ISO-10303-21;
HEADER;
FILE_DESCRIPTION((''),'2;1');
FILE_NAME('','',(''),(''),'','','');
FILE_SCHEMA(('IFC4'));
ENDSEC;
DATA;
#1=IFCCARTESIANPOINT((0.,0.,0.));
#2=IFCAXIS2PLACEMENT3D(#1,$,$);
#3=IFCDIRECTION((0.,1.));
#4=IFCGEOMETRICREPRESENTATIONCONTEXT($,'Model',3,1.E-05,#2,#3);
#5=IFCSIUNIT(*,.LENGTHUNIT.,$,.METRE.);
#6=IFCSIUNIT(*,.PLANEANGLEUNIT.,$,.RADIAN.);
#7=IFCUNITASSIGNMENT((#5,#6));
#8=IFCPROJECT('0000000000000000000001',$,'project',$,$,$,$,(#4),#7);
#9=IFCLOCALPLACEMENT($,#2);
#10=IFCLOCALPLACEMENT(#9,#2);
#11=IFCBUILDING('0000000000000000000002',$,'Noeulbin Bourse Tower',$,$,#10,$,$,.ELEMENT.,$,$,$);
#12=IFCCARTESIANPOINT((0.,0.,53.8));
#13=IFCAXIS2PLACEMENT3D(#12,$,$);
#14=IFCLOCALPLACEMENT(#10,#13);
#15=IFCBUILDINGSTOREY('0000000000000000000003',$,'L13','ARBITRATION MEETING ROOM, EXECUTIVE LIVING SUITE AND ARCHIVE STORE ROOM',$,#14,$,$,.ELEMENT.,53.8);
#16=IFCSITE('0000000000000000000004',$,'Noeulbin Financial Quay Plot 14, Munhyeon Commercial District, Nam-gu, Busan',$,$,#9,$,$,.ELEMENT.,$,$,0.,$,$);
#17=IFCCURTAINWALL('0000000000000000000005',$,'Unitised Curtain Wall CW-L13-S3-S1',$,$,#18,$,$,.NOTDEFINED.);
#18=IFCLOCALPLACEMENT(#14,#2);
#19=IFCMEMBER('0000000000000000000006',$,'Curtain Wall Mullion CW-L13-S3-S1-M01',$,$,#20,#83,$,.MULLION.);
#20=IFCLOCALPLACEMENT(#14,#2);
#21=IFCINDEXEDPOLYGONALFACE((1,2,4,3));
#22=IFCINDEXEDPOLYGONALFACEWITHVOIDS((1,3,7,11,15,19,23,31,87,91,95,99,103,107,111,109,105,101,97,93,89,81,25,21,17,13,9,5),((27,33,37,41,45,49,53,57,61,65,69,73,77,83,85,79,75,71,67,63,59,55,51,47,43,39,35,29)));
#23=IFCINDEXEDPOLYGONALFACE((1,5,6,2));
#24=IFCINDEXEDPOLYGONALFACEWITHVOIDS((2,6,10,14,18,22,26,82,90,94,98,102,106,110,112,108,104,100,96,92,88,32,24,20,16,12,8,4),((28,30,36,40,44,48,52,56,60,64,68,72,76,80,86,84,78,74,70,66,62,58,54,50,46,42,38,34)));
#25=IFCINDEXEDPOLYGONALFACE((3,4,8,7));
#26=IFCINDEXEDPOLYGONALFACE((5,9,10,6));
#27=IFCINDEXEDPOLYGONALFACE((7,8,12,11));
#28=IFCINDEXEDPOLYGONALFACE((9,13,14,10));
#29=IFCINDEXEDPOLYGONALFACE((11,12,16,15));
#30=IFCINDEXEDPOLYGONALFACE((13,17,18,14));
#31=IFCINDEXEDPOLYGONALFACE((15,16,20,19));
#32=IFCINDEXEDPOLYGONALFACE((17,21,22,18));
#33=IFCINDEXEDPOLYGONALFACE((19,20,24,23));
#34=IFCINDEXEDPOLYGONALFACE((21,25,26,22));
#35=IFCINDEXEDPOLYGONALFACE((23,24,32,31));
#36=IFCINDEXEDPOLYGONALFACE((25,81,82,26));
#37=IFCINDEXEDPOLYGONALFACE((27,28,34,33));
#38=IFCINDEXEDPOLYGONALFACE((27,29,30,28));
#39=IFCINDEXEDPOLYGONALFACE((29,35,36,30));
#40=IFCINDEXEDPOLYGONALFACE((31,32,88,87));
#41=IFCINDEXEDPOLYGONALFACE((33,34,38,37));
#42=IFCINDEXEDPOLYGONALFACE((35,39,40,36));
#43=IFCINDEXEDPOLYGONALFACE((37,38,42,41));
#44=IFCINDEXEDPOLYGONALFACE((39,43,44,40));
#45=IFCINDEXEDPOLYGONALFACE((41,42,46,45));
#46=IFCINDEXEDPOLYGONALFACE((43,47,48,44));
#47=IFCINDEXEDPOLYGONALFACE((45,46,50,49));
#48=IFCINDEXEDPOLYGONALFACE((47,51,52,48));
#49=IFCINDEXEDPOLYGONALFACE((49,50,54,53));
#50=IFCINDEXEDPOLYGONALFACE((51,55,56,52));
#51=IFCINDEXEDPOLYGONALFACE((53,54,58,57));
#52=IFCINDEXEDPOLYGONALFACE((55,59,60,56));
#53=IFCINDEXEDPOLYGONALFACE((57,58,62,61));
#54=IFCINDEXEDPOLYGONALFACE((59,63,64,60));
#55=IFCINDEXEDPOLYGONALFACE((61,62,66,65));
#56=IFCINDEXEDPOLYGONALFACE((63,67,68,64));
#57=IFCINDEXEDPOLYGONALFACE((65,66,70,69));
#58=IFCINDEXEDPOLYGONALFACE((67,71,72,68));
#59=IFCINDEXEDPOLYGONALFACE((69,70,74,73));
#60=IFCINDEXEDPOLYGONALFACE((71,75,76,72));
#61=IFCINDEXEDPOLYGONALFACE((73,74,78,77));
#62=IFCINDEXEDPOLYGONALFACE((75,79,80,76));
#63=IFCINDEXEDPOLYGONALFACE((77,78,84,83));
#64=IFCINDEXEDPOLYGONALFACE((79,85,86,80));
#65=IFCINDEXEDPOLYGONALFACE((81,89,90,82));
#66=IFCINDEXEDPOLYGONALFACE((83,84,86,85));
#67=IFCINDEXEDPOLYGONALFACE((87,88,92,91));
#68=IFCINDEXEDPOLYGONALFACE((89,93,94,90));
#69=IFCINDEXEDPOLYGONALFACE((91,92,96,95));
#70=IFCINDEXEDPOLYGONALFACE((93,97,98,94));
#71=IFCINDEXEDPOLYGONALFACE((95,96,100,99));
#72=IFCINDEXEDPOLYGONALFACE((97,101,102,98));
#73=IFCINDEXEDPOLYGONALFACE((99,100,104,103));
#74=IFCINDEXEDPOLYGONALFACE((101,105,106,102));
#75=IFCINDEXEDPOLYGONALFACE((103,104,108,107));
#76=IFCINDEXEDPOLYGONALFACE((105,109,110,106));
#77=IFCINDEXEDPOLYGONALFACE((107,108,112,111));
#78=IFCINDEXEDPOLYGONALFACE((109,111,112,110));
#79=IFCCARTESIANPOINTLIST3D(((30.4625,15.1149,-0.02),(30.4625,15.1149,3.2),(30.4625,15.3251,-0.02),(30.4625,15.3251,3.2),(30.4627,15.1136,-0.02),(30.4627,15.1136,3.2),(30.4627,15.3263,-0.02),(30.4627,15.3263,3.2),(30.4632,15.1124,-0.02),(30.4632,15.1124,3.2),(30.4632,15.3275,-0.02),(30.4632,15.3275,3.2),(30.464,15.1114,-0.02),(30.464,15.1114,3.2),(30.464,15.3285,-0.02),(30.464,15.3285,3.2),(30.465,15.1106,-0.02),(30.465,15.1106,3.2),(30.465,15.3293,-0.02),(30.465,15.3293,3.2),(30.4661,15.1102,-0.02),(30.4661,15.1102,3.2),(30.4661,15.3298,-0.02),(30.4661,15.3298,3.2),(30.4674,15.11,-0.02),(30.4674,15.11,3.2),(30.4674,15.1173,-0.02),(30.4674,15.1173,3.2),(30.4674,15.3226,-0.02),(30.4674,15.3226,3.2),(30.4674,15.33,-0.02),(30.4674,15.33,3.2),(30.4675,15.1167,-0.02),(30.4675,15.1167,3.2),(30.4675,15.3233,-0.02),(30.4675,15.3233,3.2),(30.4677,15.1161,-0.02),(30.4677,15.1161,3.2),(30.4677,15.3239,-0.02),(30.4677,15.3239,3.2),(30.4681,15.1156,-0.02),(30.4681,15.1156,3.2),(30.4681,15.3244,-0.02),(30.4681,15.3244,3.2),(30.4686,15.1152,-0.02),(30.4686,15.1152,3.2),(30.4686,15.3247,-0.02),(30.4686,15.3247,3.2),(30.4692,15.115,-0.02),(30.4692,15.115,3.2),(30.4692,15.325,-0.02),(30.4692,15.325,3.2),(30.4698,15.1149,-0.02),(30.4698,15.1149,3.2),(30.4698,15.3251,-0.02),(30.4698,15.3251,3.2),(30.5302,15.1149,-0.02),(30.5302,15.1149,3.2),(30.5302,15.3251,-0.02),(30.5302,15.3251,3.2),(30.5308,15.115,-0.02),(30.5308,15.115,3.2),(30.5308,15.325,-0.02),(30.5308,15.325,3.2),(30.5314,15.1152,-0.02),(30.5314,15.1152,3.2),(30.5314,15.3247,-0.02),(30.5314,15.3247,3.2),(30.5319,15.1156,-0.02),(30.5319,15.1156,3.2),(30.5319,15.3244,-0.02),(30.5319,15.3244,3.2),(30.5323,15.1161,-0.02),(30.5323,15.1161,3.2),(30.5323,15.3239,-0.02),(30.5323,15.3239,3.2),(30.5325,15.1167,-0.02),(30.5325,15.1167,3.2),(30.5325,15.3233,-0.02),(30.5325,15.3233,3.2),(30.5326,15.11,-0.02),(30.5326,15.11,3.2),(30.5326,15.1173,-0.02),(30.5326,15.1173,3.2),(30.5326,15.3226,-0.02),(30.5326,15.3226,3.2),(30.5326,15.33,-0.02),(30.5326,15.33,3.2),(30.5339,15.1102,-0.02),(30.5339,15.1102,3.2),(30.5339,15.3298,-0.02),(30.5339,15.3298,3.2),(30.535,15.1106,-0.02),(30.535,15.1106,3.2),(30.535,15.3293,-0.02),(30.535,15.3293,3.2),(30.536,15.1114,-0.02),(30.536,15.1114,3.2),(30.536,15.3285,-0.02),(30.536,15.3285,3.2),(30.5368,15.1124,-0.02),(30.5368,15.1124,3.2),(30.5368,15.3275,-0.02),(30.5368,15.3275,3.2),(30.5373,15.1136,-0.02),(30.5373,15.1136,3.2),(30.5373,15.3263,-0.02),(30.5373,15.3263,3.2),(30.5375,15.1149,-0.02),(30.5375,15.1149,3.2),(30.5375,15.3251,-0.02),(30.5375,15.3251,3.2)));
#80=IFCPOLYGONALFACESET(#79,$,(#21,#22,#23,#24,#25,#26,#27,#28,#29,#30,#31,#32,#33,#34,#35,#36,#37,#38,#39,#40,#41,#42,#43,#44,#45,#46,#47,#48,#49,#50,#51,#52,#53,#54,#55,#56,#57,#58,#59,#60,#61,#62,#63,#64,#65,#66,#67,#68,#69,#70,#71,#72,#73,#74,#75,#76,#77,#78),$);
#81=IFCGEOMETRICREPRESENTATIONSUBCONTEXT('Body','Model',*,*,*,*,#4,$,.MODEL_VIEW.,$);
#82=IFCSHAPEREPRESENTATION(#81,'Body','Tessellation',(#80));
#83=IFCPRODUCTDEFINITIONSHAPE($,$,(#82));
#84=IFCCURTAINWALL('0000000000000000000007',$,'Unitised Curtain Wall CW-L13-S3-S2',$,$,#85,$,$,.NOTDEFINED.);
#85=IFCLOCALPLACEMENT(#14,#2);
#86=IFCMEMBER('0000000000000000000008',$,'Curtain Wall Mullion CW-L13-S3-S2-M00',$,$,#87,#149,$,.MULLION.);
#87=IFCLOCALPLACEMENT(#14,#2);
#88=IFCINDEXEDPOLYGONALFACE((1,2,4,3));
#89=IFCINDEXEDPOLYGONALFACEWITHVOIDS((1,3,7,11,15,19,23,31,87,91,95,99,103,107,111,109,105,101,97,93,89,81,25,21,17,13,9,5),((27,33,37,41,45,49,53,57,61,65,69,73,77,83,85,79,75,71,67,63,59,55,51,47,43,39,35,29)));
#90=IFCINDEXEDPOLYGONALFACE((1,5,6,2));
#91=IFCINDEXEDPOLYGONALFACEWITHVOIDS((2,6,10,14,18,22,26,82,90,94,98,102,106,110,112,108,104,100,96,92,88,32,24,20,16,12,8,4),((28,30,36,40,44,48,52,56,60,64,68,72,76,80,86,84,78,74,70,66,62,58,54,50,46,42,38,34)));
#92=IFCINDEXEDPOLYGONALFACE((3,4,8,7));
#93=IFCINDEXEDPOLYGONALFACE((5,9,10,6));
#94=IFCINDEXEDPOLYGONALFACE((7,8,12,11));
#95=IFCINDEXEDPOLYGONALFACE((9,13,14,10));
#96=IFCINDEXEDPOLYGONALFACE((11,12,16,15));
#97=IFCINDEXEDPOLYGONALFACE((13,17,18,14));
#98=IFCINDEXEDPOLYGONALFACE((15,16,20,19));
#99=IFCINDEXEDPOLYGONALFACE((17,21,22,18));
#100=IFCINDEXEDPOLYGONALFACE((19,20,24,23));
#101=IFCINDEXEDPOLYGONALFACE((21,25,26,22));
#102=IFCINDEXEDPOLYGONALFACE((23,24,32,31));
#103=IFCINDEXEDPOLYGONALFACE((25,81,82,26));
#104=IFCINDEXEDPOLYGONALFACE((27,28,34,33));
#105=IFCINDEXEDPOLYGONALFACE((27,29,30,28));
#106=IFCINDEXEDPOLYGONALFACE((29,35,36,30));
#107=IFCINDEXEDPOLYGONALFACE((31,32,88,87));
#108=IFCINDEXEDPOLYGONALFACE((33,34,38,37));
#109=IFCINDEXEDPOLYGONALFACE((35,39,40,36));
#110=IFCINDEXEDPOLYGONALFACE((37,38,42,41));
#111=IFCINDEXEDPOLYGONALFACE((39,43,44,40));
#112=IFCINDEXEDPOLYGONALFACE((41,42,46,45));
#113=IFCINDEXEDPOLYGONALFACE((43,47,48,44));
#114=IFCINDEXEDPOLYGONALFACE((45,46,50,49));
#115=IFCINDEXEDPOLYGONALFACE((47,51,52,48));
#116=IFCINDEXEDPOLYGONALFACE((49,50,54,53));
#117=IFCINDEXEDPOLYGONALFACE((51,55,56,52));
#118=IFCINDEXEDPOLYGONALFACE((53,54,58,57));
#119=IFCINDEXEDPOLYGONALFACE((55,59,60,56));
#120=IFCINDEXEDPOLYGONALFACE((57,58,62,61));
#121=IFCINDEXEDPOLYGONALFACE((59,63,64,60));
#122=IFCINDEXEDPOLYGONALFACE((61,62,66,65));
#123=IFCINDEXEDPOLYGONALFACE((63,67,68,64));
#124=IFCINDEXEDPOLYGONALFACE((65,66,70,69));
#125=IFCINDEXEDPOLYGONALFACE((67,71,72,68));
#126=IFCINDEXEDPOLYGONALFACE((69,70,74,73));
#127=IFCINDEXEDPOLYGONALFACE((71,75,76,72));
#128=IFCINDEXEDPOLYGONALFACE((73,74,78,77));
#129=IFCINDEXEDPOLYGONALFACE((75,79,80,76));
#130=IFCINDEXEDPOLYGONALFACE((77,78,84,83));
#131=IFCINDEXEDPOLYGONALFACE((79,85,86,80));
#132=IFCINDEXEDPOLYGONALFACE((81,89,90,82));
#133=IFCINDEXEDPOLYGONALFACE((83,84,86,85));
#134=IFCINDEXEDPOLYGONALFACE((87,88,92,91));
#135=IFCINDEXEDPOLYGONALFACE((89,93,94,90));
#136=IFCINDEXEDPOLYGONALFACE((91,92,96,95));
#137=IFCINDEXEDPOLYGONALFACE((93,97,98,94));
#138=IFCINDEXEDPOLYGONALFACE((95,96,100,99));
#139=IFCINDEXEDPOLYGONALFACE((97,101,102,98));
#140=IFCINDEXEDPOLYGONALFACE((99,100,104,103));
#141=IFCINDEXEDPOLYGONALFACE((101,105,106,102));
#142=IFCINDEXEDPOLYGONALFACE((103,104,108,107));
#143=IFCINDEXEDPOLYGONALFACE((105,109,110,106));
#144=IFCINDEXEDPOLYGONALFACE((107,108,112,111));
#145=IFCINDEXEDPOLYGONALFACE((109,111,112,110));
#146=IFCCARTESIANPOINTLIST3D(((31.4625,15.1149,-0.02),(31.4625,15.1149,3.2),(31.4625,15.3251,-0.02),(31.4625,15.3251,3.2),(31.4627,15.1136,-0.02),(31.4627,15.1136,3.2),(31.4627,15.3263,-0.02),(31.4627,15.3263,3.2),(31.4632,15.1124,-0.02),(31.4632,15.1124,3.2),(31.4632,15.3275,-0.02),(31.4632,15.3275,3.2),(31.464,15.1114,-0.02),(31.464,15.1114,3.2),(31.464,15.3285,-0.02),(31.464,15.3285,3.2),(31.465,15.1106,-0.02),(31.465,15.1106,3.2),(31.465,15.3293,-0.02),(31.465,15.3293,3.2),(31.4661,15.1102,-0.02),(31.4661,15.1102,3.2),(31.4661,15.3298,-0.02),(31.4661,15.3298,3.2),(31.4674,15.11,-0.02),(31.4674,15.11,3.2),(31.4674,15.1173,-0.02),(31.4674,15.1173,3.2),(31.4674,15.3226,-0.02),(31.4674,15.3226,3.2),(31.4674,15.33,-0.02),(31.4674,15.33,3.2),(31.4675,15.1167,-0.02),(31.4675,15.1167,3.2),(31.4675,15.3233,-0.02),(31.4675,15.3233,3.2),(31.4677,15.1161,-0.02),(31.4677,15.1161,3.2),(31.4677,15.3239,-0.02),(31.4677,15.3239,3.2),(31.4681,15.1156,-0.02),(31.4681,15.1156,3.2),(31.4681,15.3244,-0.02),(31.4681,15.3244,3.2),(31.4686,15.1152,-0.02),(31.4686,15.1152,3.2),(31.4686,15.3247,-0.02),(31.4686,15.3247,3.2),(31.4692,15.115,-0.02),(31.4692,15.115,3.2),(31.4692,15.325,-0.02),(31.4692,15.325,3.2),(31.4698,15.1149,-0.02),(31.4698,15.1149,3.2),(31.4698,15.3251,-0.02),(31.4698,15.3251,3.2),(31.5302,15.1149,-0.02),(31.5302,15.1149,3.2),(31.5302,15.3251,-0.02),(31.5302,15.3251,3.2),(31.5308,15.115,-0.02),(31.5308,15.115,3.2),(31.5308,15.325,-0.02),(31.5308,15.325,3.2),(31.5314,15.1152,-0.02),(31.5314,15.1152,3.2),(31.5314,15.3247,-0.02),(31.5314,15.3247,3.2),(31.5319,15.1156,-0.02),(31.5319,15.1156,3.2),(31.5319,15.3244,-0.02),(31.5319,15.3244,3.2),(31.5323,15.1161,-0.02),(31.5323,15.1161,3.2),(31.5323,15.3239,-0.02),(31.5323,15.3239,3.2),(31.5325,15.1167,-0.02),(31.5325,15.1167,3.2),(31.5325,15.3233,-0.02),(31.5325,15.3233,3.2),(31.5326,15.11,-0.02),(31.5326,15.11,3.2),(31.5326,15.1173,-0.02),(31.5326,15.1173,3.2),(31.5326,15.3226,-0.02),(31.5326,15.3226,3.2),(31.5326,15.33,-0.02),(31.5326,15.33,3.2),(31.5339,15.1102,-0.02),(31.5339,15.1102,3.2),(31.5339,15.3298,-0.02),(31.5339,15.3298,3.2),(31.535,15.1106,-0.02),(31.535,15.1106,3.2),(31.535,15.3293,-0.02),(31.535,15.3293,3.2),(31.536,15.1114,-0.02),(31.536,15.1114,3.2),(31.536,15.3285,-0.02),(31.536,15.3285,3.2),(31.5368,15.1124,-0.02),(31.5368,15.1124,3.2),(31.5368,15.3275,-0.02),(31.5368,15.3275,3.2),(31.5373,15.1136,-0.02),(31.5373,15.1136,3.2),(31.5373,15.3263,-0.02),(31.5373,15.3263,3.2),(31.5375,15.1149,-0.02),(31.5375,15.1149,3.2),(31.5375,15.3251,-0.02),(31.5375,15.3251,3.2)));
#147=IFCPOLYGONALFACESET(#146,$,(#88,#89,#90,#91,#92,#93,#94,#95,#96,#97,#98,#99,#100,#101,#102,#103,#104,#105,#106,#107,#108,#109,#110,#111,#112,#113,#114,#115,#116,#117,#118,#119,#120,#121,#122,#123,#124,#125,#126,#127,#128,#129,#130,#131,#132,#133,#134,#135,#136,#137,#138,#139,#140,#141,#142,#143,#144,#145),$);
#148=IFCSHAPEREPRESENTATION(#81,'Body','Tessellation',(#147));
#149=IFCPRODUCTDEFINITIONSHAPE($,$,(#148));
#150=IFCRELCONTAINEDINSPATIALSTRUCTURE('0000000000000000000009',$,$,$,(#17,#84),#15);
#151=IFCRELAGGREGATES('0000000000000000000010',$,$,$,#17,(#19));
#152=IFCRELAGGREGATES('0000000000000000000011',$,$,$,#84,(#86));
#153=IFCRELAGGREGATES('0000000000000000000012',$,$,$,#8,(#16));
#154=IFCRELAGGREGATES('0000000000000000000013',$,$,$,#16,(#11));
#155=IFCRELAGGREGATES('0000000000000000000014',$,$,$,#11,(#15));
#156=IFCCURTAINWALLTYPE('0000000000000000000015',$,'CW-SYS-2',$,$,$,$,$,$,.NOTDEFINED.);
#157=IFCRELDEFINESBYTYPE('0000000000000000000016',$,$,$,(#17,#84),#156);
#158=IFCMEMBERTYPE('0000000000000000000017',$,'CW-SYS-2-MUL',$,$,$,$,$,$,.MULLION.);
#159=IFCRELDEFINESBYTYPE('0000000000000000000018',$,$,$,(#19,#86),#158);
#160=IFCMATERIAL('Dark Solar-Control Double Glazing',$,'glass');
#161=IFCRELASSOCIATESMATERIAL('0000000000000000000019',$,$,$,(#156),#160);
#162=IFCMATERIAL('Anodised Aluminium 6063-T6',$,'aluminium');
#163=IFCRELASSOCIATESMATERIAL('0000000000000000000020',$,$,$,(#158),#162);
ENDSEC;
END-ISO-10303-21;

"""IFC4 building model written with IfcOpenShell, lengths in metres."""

from ifc_helpers import new_model, si_unit, direction, frame, origin, origin_2d, place, context, subcontext, project, spatial, hollow_rectangle, extrude, material, material_profile, profile_set, type_object, element, aggregate, save


model = new_model("IFC4")

# Units and contexts
model_context = context("Model", 3, precision=1e-05, world=origin(), true_north=direction((0.0, 1.0)))
body_context = subcontext(model_context, "Body", "Model", "MODEL_VIEW")
ifc_project = project(units=[si_unit("LENGTHUNIT", "METRE"), si_unit("PLANEANGLEUNIT", "RADIAN")], contexts=[model_context])

# Site, building, storey
site_placement = place(None, origin())
site = spatial("IfcSite", under=ifc_project, at=site_placement, Name="Noeulbin Financial Quay Plot 14, Munhyeon Commercial District, Nam-gu, Busan", CompositionType="ELEMENT", RefElevation=0.0)
building_placement = place(site_placement, origin())
building = spatial("IfcBuilding", under=site, at=building_placement, Name="Noeulbin Bourse Tower", CompositionType="ELEMENT")
storey_placement = place(building_placement, frame((0.0, 0.0, 53.8)))
storey = spatial("IfcBuildingStorey", under=building, at=storey_placement, Name="L13", Description="ARBITRATION MEETING ROOM, EXECUTIVE LIVING SUITE AND ARCHIVE STORE ROOM", CompositionType="ELEMENT", Elevation=53.8)

# Curtain walls, members
ifc_material_1 = material(Name="Dark Solar-Control Double Glazing", Category="glass")
curtain_wall_type = type_object("IfcCurtainWallType", Name="CW-SYS-2", PredefinedType="NOTDEFINED", material=ifc_material_1)
curtain_wall_1_placement = place(storey_placement, origin())
curtain_wall_1 = element("IfcCurtainWall", 1, at=curtain_wall_1_placement, inside=storey, type_object=curtain_wall_type, Name="Unitised Curtain Wall CW-L13-S3-S1", PredefinedType="NOTDEFINED")
ifc_material_2 = material(Name="Anodised Aluminium 6063-T6", Category="aluminium")
ifc_material_profile_1 = material_profile(ifc_material_2, hollow_rectangle(XDim=0.075, YDim=0.22, WallThickness=0.0049, InnerFilletRadius=0.0024, OuterFilletRadius=0.0049, at=origin_2d()), Name="ALU-MULL-75x220x5", Category="LoadBearing")
ifc_profile_set_1 = profile_set([ifc_material_profile_1], Name="Anodised Aluminium 6063-T6")
member_type_1 = type_object("IfcMemberType", Name="CW-SYS-2-MUL", PredefinedType="MULLION", material=ifc_profile_set_1)
member_1_placement = place(storey_placement, frame((30.5, 15.22, -0.02), z_axis=(0.0, 0.0, 1.0), x_axis=(1.0, 0.0, 0.0)))
member_1 = element("IfcMember", 2, at=member_1_placement, type_object=member_type_1, Name="Curtain Wall Mullion CW-L13-S3-S1-M01", PredefinedType="MULLION", context=body_context, shape_type="SweptSolid", body=[
    extrude(hollow_rectangle(XDim=0.075, YDim=0.22, WallThickness=0.0049, InnerFilletRadius=0.0024, OuterFilletRadius=0.0049, at=origin_2d()), origin(), (0.0, 0.0, 1.0), 3.22),
])
curtain_wall_2_placement = place(storey_placement, origin())
curtain_wall_2 = element("IfcCurtainWall", 3, at=curtain_wall_2_placement, inside=storey, type_object=curtain_wall_type, Name="Unitised Curtain Wall CW-L13-S3-S2", PredefinedType="NOTDEFINED")
member_2_placement = place(storey_placement, frame((31.5, 15.22, -0.02), z_axis=(0.0, 0.0, 1.0), x_axis=(1.0, 0.0, 0.0)))
member_2 = element("IfcMember", 4, at=member_2_placement, type_object=member_type_1, Name="Curtain Wall Mullion CW-L13-S3-S2-M00", PredefinedType="MULLION", context=body_context, shape_type="SweptSolid", body=[
    extrude(hollow_rectangle(XDim=0.075, YDim=0.22, WallThickness=0.0049, InnerFilletRadius=0.0024, OuterFilletRadius=0.0049, at=origin_2d()), origin(), (0.0, 0.0, 1.0), 3.22),
])

aggregate(curtain_wall_1, [member_1])
aggregate(curtain_wall_2, [member_2])

save(model, "model.ifc")
